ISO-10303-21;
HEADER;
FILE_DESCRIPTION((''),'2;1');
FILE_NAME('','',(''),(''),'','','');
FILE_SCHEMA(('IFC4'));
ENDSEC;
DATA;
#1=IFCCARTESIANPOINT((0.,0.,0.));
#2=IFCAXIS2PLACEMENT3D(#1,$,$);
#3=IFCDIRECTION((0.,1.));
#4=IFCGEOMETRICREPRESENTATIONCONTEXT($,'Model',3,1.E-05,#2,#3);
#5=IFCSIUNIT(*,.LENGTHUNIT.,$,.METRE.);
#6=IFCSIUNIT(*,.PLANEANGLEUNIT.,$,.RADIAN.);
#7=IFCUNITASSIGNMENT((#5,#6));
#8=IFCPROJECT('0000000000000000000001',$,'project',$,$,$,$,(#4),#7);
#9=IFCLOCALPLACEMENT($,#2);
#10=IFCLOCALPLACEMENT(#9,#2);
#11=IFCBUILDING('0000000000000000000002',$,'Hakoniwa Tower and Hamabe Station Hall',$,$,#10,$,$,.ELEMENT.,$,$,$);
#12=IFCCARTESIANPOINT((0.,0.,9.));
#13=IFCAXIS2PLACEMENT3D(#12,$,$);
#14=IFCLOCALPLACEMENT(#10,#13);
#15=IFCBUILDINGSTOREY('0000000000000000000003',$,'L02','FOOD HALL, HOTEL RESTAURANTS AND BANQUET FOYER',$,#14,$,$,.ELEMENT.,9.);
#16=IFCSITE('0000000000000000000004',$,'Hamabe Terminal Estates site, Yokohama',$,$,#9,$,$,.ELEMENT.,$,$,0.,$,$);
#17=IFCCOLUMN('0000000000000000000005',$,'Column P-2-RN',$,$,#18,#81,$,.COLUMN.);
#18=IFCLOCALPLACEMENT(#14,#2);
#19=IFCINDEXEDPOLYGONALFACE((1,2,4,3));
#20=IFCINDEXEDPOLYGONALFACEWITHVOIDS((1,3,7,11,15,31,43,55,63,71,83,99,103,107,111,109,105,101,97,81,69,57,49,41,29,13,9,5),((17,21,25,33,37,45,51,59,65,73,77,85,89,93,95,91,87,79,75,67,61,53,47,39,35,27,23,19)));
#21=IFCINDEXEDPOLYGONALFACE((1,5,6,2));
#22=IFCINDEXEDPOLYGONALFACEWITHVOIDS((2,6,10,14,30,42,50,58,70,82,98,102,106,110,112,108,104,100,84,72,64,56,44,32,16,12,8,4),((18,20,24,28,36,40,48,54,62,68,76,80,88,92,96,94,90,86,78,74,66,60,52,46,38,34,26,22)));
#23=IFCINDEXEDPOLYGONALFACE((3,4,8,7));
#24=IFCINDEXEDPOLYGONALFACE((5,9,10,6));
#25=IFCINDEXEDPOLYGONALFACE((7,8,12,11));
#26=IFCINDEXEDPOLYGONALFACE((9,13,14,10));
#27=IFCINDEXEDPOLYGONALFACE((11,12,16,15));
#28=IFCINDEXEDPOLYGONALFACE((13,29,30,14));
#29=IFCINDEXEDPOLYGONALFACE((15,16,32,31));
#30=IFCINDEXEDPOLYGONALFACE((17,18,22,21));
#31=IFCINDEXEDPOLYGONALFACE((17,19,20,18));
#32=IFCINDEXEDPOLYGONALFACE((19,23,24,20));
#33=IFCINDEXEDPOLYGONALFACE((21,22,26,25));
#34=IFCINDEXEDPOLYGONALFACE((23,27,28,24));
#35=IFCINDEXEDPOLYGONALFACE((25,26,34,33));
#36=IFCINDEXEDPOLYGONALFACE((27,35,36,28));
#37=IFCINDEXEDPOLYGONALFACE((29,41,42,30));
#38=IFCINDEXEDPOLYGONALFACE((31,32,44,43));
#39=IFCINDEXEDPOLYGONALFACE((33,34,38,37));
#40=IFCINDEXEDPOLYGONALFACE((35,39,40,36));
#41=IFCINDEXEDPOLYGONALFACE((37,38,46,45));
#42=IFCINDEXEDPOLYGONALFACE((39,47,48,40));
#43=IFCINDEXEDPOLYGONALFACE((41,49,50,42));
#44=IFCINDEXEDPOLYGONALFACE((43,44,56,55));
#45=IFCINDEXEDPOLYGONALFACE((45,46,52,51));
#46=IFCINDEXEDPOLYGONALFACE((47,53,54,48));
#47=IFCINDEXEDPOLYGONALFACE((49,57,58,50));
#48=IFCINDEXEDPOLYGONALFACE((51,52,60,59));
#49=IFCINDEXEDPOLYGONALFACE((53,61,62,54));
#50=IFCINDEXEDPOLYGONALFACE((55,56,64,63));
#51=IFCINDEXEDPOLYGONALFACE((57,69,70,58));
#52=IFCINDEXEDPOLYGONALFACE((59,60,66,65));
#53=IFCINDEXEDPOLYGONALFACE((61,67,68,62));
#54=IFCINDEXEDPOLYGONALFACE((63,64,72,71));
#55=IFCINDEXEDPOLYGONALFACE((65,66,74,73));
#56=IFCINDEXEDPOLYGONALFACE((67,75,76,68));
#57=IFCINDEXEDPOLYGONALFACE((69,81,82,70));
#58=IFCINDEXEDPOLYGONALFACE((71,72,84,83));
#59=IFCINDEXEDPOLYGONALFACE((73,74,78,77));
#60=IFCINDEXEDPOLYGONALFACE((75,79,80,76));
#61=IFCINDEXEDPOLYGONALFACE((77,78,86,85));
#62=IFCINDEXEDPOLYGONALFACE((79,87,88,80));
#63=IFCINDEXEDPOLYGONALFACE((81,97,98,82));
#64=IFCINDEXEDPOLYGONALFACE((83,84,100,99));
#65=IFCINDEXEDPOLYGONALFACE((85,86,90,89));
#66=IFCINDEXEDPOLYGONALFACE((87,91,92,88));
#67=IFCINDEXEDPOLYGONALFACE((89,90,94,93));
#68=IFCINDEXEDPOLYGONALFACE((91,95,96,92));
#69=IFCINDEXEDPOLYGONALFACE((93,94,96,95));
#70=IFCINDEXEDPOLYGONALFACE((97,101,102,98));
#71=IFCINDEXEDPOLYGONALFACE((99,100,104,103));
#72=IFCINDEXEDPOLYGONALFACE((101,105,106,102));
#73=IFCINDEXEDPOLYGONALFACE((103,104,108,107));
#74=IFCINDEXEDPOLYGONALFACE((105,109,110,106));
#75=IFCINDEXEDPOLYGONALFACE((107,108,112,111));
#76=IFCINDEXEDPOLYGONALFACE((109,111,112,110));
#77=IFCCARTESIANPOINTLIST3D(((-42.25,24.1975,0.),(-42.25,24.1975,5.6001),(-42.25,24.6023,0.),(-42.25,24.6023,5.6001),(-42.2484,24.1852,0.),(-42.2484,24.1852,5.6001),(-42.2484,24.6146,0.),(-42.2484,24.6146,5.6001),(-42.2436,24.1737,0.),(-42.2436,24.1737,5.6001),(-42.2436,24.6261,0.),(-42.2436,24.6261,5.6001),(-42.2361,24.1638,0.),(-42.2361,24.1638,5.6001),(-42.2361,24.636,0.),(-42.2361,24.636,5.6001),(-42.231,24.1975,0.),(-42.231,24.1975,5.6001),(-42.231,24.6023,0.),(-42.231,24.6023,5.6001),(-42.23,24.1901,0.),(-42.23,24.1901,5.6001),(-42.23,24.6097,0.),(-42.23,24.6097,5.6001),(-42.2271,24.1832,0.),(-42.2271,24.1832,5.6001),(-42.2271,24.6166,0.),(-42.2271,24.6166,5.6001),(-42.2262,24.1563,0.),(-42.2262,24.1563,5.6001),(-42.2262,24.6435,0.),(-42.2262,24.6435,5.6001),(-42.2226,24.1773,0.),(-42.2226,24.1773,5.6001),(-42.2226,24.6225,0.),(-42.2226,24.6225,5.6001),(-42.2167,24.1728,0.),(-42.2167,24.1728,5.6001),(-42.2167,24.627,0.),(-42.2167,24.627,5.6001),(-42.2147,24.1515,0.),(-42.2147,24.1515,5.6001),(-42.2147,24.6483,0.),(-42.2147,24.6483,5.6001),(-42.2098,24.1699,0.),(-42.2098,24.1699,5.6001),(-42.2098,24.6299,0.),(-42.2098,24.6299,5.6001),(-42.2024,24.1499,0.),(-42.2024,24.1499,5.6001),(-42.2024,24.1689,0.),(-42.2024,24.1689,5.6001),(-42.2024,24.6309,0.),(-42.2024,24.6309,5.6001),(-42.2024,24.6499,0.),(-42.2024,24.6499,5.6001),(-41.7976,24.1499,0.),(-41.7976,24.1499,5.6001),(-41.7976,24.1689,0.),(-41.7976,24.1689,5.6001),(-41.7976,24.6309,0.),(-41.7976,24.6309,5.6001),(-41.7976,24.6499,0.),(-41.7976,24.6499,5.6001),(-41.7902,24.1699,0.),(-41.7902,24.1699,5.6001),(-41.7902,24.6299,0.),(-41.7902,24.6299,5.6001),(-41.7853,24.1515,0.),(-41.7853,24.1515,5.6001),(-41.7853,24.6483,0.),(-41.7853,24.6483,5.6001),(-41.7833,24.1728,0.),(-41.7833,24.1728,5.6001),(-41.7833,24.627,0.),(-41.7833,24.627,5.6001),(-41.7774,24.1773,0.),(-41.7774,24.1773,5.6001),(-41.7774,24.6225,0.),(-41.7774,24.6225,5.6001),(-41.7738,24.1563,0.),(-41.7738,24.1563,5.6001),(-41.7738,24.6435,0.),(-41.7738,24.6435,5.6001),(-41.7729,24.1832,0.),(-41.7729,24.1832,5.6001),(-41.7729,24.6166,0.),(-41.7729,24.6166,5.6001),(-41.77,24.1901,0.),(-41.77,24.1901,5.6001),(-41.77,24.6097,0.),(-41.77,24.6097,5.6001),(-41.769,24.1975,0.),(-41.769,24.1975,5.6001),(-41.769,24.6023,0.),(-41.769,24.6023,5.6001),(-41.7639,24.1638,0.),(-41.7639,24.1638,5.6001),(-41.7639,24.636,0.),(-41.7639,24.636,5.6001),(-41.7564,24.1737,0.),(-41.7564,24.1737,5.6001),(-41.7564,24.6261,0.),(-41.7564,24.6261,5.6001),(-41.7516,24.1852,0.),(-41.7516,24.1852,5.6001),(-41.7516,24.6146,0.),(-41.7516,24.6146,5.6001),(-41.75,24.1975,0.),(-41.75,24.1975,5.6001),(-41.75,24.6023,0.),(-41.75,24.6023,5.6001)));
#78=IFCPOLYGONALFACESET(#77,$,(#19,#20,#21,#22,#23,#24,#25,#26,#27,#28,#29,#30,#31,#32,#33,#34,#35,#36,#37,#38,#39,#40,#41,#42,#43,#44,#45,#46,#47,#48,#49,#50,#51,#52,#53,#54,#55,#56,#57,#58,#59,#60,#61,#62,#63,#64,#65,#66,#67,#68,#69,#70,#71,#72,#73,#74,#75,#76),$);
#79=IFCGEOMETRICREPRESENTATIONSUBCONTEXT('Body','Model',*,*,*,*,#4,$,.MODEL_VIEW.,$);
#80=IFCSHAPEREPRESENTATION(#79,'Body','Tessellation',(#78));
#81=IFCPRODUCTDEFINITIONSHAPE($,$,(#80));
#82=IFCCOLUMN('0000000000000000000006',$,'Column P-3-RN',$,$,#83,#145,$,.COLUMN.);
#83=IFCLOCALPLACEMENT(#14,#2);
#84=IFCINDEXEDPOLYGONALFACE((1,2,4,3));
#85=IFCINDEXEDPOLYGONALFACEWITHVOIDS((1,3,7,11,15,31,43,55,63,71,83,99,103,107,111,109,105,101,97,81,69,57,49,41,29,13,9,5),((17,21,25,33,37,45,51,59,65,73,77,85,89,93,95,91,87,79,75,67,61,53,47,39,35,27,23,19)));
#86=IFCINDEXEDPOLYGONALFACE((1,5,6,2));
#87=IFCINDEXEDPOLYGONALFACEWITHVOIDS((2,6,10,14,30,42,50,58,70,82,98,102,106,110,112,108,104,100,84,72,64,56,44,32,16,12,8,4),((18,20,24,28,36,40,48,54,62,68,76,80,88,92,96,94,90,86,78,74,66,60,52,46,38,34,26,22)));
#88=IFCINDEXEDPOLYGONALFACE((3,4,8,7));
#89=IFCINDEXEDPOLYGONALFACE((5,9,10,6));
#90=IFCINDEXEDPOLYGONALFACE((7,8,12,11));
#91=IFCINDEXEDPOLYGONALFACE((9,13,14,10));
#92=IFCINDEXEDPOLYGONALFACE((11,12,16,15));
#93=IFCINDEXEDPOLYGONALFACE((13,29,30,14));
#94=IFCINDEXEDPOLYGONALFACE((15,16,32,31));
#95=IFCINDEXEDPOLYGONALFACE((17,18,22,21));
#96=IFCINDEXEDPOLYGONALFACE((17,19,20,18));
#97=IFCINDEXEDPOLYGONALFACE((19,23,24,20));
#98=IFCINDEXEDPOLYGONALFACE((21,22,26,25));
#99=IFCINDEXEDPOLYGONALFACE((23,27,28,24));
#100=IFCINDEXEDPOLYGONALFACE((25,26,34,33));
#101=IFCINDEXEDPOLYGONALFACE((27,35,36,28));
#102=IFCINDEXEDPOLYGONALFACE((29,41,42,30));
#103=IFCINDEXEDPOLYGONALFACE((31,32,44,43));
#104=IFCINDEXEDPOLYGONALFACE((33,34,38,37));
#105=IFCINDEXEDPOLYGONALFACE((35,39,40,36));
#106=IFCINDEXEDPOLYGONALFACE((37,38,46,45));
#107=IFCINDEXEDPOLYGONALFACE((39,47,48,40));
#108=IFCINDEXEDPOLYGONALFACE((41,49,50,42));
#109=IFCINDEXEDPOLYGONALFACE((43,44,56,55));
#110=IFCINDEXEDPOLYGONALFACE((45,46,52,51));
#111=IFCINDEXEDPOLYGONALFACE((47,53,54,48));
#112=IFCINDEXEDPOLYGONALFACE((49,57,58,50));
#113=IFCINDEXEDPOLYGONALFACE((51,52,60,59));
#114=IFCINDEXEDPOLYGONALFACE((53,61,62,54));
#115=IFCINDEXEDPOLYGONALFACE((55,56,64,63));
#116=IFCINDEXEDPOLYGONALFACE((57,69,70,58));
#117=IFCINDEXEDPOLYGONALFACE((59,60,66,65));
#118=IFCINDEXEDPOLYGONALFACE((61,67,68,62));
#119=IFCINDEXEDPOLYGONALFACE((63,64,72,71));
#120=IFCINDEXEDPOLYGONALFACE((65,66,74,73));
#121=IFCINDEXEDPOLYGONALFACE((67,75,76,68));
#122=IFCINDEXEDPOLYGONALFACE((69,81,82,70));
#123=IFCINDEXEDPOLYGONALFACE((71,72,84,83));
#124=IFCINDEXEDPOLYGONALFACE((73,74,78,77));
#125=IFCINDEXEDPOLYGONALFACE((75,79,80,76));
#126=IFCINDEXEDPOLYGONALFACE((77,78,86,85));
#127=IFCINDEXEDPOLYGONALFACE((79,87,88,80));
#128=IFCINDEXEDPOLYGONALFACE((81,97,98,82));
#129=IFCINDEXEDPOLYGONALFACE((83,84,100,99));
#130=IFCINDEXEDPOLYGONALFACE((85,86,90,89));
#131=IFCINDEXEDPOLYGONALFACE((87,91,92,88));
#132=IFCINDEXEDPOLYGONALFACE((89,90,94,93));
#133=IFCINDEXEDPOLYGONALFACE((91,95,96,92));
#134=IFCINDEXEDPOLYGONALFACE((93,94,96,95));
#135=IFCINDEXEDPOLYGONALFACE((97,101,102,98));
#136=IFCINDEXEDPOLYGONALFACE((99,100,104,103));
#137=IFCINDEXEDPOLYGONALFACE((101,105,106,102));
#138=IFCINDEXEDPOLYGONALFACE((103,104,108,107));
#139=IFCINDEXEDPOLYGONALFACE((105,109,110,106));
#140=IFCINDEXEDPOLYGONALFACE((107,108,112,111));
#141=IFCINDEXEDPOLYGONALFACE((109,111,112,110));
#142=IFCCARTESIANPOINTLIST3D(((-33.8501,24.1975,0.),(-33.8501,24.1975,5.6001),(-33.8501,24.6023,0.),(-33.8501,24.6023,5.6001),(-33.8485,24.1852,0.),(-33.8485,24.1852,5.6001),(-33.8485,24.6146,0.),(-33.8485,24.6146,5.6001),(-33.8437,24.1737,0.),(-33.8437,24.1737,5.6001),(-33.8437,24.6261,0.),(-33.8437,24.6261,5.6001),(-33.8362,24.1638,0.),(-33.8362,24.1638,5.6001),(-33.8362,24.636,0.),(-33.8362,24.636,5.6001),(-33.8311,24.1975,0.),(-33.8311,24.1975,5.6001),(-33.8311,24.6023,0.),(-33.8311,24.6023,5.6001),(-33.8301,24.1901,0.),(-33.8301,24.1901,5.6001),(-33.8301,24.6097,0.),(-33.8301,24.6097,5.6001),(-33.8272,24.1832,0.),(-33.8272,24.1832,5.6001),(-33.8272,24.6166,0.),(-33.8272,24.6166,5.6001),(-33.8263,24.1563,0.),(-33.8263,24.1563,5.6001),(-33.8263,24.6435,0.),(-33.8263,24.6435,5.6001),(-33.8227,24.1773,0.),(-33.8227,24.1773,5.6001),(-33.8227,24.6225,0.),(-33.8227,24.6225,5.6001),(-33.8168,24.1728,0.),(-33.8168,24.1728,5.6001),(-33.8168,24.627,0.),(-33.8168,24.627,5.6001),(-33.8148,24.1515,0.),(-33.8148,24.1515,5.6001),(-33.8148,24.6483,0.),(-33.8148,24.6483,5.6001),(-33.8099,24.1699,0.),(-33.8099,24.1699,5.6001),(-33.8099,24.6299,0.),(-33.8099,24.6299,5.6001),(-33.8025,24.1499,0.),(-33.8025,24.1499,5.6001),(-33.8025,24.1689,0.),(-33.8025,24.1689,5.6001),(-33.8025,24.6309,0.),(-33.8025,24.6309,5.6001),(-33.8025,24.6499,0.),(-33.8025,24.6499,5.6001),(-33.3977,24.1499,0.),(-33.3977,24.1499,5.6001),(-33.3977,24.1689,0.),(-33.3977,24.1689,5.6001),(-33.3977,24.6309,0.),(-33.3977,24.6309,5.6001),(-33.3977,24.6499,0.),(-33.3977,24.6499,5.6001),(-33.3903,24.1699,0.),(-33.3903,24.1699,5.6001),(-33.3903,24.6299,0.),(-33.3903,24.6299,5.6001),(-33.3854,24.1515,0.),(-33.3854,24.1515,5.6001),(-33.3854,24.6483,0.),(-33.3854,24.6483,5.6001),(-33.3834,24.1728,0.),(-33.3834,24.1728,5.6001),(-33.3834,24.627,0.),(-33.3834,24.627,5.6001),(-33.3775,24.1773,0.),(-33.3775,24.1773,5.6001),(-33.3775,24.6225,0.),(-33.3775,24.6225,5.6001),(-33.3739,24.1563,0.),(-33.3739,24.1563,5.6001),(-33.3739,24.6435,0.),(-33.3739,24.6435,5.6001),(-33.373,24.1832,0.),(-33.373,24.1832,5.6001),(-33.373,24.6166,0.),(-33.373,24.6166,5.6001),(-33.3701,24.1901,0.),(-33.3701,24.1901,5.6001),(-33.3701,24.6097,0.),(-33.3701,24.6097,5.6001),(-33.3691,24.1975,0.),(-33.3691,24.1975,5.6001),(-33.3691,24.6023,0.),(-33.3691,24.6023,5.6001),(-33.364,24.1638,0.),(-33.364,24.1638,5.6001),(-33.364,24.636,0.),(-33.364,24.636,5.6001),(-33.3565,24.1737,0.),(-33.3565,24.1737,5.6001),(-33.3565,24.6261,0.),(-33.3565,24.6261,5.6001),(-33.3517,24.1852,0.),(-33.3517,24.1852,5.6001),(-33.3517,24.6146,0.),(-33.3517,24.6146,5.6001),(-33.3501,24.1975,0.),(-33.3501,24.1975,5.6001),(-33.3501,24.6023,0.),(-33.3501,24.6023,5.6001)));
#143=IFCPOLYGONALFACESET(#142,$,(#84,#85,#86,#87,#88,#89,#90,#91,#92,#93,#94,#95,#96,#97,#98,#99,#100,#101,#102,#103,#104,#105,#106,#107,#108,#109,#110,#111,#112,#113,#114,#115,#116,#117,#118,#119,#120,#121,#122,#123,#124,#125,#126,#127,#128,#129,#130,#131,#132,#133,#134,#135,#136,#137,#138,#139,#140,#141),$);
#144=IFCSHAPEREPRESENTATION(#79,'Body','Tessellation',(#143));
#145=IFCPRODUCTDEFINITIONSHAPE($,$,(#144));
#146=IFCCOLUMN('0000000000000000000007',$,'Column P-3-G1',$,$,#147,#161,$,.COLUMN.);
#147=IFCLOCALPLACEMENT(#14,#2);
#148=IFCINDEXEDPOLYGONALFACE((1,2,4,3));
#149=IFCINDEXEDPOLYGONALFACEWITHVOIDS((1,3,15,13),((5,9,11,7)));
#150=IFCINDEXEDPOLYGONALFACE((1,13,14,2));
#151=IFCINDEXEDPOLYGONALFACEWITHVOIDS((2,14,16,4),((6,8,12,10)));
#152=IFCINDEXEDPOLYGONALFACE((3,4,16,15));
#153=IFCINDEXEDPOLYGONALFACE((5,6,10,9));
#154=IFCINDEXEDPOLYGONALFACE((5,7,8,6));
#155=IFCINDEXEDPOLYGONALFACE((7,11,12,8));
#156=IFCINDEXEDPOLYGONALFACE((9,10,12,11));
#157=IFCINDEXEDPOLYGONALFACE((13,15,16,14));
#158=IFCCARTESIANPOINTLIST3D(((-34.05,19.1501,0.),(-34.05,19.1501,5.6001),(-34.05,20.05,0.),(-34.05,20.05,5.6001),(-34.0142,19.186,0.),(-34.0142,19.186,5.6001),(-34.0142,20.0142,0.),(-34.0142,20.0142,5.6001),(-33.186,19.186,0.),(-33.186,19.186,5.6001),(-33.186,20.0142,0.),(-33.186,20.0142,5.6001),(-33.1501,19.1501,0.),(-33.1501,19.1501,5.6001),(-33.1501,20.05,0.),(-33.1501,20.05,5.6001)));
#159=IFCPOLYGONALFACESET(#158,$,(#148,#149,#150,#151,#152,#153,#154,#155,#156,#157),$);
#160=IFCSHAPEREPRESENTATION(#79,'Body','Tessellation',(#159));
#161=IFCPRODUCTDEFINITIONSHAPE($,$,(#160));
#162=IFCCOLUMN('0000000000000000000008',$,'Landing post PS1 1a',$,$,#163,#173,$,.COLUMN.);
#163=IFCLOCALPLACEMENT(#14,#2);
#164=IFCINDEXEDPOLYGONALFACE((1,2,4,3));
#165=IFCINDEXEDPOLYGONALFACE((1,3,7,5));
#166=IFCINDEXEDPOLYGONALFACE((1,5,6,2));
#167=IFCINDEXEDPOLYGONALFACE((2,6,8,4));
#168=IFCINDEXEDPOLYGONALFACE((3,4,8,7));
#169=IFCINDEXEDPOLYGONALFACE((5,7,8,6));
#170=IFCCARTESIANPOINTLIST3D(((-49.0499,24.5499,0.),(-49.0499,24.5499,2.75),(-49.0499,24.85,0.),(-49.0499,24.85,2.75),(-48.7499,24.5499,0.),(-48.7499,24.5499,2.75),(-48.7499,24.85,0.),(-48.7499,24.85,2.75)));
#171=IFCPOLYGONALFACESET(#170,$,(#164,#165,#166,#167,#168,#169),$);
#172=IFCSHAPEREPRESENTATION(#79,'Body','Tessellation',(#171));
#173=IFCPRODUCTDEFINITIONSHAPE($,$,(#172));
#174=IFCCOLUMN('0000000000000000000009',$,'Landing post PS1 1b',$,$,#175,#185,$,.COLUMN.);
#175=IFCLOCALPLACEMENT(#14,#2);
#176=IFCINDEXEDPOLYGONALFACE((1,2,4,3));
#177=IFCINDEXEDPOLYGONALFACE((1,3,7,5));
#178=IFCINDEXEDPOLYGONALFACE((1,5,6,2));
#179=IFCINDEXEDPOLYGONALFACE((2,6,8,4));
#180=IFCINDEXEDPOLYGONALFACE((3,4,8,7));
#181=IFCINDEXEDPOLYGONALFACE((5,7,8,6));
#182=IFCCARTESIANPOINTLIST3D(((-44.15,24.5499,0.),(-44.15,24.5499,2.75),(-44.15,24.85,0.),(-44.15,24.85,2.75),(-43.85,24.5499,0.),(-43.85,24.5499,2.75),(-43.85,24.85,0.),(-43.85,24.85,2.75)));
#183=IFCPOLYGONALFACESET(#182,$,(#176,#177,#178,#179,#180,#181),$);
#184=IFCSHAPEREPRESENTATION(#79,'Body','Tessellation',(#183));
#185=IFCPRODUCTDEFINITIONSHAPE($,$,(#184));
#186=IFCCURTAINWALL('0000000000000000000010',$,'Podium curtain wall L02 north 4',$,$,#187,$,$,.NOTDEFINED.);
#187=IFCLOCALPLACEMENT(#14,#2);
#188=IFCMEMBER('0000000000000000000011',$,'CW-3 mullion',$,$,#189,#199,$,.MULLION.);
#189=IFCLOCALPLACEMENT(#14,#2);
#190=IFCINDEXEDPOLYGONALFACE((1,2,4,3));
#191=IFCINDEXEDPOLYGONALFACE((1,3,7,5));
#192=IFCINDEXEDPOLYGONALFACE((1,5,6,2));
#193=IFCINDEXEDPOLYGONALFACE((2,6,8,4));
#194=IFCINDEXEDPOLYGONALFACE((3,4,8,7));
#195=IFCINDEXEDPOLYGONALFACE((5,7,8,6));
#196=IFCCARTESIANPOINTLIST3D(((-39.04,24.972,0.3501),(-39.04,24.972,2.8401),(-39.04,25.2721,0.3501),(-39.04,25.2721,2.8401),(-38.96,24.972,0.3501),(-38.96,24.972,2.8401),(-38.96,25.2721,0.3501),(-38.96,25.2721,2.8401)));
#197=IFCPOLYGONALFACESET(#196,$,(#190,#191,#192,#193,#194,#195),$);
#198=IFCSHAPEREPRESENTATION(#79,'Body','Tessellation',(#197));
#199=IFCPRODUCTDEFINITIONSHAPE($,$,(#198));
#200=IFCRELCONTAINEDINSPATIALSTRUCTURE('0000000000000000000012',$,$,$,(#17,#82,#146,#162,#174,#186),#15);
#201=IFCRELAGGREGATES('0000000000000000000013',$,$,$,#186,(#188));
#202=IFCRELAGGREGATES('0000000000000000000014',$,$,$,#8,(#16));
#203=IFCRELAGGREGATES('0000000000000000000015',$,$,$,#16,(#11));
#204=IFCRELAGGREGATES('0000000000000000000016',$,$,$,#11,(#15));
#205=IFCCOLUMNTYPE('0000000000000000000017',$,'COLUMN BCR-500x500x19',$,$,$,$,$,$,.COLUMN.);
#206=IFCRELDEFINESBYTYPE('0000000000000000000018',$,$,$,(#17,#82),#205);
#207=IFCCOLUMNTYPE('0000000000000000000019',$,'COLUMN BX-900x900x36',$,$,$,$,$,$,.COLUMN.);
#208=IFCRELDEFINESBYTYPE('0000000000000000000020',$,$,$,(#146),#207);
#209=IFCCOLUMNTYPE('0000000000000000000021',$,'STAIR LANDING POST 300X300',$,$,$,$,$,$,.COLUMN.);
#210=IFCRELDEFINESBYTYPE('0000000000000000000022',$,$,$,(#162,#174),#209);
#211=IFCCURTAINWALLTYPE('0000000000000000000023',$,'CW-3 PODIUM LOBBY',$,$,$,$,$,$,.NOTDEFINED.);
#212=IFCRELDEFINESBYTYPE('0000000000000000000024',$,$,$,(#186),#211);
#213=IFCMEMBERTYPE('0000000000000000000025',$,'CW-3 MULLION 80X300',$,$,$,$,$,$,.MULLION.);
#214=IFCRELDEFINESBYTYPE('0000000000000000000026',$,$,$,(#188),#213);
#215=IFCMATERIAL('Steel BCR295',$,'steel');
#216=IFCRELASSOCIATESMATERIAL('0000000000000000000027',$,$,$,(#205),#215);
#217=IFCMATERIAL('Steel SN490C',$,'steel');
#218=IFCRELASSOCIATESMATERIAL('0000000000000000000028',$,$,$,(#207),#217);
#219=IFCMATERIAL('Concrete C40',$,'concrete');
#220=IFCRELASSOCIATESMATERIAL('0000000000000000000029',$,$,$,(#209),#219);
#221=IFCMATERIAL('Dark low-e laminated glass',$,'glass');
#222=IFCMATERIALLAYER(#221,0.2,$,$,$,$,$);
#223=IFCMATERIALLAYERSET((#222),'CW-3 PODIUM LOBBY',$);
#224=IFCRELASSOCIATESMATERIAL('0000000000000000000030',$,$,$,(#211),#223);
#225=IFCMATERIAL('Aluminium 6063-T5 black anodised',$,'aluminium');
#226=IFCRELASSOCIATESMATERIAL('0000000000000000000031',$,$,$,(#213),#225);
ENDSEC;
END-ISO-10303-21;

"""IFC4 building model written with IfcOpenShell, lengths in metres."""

from ifc_helpers import new_model, si_unit, direction, frame, origin, origin_2d, place, context, subcontext, project, spatial, rectangle, hollow_rectangle, extrude, material, layer, layer_set, material_profile, profile_set, type_object, element, aggregate, save


model = new_model("IFC4")

# Units and contexts
model_context = context("Model", 3, precision=1e-05, world=origin(), true_north=direction((0.0, 1.0)))
body_context = subcontext(model_context, "Body", "Model", "MODEL_VIEW")
ifc_project = project(units=[si_unit("LENGTHUNIT", "METRE"), si_unit("PLANEANGLEUNIT", "RADIAN")], contexts=[model_context])

# Site, building, storey
site_placement = place(None, origin())
site = spatial("IfcSite", under=ifc_project, at=site_placement, Name="Hamabe Terminal Estates site, Yokohama", CompositionType="ELEMENT", RefElevation=0.0)
building_placement = place(site_placement, origin())
building = spatial("IfcBuilding", under=site, at=building_placement, Name="Hakoniwa Tower and Hamabe Station Hall", CompositionType="ELEMENT")
storey_placement = place(building_placement, frame((0.0, 0.0, 9.0)))
storey = spatial("IfcBuildingStorey", under=building, at=storey_placement, Name="L02", Description="FOOD HALL, HOTEL RESTAURANTS AND BANQUET FOYER", CompositionType="ELEMENT", Elevation=9.0)

# Columns
ifc_material_1 = material(Name="Steel BCR295", Category="steel")
ifc_material_profile_1 = material_profile(ifc_material_1, hollow_rectangle(XDim=0.5, YDim=0.5, WallThickness=0.019, InnerFilletRadius=0.0286, OuterFilletRadius=0.0476, at=origin_2d()), Name="BCR-500x500x19")
ifc_profile_set_1 = profile_set([ifc_material_profile_1], Name="Steel BCR295")
column_type_1 = type_object("IfcColumnType", Name="COLUMN BCR-500x500x19", PredefinedType="COLUMN", material=ifc_profile_set_1)
for number, where, z_axis, x_axis, name in (
    (1, (-42.0, 24.3999, 0.0), (0.0, 0.0, 1.0), (1.0, 0.0, 0.0), "Column P-2-RN"),
    (2, (-33.6001, 24.3999, 0.0), (0.0, 0.0, 1.0), (1.0, 0.0, 0.0), "Column P-3-RN"),
):
    element("IfcColumn", number, at=place(storey_placement, frame(where, z_axis=z_axis, x_axis=x_axis)), inside=storey, type_object=column_type_1, Name=name, PredefinedType="COLUMN", context=body_context, shape_type="SweptSolid", body=[
        extrude(hollow_rectangle(XDim=0.5, YDim=0.5, WallThickness=0.019, InnerFilletRadius=0.0286, OuterFilletRadius=0.0476, at=origin_2d()), origin(), (0.0, 0.0, 1.0), 5.6001),
    ])
ifc_material_2 = material(Name="Steel SN490C", Category="steel")
ifc_material_profile_2 = material_profile(ifc_material_2, hollow_rectangle(XDim=0.8999, YDim=0.8999, WallThickness=0.0359, at=origin_2d()), Name="BX-900x900x36")
ifc_profile_set_2 = profile_set([ifc_material_profile_2], Name="Steel SN490C")
column_type_2 = type_object("IfcColumnType", Name="COLUMN BX-900x900x36", PredefinedType="COLUMN", material=ifc_profile_set_2)
column_placement = place(storey_placement, frame((-33.6001, 19.6001, 0.0), z_axis=(0.0, 0.0, 1.0), x_axis=(1.0, 0.0, 0.0)))
element("IfcColumn", 3, at=column_placement, inside=storey, type_object=column_type_2, Name="Column P-3-G1", PredefinedType="COLUMN", context=body_context, shape_type="SweptSolid", body=[
    extrude(hollow_rectangle(XDim=0.8999, YDim=0.8999, WallThickness=0.0359, at=origin_2d()), origin(), (0.0, 0.0, 1.0), 5.6001),
])
ifc_material_3 = material(Name="Concrete C40", Category="concrete")
ifc_material_profile_3 = material_profile(ifc_material_3, rectangle(XDim=0.3, YDim=0.3, at=origin_2d()), Name="STAIR LANDING POST 300X300")
ifc_profile_set_3 = profile_set([ifc_material_profile_3], Name="Concrete C40")
column_type_3 = type_object("IfcColumnType", Name="STAIR LANDING POST 300X300", PredefinedType="COLUMN", material=ifc_profile_set_3)
for number, where, z_axis, x_axis, name in (
    (4, (-48.8999, 24.7, 0.0), (0.0, 0.0, 1.0), (1.0, 0.0, 0.0), "Landing post PS1 1a"),
    (5, (-44.0, 24.7, 0.0), (0.0, 0.0, 1.0), (1.0, 0.0, 0.0), "Landing post PS1 1b"),
):
    element("IfcColumn", number, at=place(storey_placement, frame(where, z_axis=z_axis, x_axis=x_axis)), inside=storey, type_object=column_type_3, Name=name, PredefinedType="COLUMN", context=body_context, shape_type="SweptSolid", body=[
        extrude(rectangle(XDim=0.3, YDim=0.3, at=origin_2d()), origin(), (0.0, 0.0, 1.0), 2.75),
    ])

# Curtain wall, member
ifc_material_4 = material(Name="Dark low-e laminated glass", Category="glass")
ifc_layer_1 = layer(ifc_material_4, 0.2)
ifc_layer_set_1 = layer_set([ifc_layer_1], Name="CW-3 PODIUM LOBBY")
curtain_wall_type = type_object("IfcCurtainWallType", Name="CW-3 PODIUM LOBBY", PredefinedType="NOTDEFINED", material=ifc_layer_set_1)
curtain_wall_placement = place(storey_placement, origin())
curtain_wall = element("IfcCurtainWall", 6, at=curtain_wall_placement, inside=storey, type_object=curtain_wall_type, Name="Podium curtain wall L02 north 4", PredefinedType="NOTDEFINED")
ifc_material_5 = material(Name="Aluminium 6063-T5 black anodised", Category="aluminium")
ifc_material_profile_4 = material_profile(ifc_material_5, rectangle(XDim=0.0801, YDim=0.3, at=origin_2d()), Name="CW-3 MULLION 80X300")
ifc_profile_set_4 = profile_set([ifc_material_profile_4], Name="Aluminium 6063-T5 black anodised")
member_type = type_object("IfcMemberType", Name="CW-3 MULLION 80X300", PredefinedType="MULLION", material=ifc_profile_set_4)
member_1_placement = place(storey_placement, frame((-39.0, 25.1221, 0.3501), z_axis=(0.0, 0.0, 1.0), x_axis=(-1.0, 0.0, 0.0)))
member_1 = element("IfcMember", 7, at=member_1_placement, type_object=member_type, Name="CW-3 mullion", PredefinedType="MULLION", context=body_context, shape_type="SweptSolid", body=[
    extrude(rectangle(XDim=0.0801, YDim=0.3, at=origin_2d()), origin(), (0.0, 0.0, 1.0), 2.49),
])
aggregate(curtain_wall, [member_1])

save(model, "model.ifc")
